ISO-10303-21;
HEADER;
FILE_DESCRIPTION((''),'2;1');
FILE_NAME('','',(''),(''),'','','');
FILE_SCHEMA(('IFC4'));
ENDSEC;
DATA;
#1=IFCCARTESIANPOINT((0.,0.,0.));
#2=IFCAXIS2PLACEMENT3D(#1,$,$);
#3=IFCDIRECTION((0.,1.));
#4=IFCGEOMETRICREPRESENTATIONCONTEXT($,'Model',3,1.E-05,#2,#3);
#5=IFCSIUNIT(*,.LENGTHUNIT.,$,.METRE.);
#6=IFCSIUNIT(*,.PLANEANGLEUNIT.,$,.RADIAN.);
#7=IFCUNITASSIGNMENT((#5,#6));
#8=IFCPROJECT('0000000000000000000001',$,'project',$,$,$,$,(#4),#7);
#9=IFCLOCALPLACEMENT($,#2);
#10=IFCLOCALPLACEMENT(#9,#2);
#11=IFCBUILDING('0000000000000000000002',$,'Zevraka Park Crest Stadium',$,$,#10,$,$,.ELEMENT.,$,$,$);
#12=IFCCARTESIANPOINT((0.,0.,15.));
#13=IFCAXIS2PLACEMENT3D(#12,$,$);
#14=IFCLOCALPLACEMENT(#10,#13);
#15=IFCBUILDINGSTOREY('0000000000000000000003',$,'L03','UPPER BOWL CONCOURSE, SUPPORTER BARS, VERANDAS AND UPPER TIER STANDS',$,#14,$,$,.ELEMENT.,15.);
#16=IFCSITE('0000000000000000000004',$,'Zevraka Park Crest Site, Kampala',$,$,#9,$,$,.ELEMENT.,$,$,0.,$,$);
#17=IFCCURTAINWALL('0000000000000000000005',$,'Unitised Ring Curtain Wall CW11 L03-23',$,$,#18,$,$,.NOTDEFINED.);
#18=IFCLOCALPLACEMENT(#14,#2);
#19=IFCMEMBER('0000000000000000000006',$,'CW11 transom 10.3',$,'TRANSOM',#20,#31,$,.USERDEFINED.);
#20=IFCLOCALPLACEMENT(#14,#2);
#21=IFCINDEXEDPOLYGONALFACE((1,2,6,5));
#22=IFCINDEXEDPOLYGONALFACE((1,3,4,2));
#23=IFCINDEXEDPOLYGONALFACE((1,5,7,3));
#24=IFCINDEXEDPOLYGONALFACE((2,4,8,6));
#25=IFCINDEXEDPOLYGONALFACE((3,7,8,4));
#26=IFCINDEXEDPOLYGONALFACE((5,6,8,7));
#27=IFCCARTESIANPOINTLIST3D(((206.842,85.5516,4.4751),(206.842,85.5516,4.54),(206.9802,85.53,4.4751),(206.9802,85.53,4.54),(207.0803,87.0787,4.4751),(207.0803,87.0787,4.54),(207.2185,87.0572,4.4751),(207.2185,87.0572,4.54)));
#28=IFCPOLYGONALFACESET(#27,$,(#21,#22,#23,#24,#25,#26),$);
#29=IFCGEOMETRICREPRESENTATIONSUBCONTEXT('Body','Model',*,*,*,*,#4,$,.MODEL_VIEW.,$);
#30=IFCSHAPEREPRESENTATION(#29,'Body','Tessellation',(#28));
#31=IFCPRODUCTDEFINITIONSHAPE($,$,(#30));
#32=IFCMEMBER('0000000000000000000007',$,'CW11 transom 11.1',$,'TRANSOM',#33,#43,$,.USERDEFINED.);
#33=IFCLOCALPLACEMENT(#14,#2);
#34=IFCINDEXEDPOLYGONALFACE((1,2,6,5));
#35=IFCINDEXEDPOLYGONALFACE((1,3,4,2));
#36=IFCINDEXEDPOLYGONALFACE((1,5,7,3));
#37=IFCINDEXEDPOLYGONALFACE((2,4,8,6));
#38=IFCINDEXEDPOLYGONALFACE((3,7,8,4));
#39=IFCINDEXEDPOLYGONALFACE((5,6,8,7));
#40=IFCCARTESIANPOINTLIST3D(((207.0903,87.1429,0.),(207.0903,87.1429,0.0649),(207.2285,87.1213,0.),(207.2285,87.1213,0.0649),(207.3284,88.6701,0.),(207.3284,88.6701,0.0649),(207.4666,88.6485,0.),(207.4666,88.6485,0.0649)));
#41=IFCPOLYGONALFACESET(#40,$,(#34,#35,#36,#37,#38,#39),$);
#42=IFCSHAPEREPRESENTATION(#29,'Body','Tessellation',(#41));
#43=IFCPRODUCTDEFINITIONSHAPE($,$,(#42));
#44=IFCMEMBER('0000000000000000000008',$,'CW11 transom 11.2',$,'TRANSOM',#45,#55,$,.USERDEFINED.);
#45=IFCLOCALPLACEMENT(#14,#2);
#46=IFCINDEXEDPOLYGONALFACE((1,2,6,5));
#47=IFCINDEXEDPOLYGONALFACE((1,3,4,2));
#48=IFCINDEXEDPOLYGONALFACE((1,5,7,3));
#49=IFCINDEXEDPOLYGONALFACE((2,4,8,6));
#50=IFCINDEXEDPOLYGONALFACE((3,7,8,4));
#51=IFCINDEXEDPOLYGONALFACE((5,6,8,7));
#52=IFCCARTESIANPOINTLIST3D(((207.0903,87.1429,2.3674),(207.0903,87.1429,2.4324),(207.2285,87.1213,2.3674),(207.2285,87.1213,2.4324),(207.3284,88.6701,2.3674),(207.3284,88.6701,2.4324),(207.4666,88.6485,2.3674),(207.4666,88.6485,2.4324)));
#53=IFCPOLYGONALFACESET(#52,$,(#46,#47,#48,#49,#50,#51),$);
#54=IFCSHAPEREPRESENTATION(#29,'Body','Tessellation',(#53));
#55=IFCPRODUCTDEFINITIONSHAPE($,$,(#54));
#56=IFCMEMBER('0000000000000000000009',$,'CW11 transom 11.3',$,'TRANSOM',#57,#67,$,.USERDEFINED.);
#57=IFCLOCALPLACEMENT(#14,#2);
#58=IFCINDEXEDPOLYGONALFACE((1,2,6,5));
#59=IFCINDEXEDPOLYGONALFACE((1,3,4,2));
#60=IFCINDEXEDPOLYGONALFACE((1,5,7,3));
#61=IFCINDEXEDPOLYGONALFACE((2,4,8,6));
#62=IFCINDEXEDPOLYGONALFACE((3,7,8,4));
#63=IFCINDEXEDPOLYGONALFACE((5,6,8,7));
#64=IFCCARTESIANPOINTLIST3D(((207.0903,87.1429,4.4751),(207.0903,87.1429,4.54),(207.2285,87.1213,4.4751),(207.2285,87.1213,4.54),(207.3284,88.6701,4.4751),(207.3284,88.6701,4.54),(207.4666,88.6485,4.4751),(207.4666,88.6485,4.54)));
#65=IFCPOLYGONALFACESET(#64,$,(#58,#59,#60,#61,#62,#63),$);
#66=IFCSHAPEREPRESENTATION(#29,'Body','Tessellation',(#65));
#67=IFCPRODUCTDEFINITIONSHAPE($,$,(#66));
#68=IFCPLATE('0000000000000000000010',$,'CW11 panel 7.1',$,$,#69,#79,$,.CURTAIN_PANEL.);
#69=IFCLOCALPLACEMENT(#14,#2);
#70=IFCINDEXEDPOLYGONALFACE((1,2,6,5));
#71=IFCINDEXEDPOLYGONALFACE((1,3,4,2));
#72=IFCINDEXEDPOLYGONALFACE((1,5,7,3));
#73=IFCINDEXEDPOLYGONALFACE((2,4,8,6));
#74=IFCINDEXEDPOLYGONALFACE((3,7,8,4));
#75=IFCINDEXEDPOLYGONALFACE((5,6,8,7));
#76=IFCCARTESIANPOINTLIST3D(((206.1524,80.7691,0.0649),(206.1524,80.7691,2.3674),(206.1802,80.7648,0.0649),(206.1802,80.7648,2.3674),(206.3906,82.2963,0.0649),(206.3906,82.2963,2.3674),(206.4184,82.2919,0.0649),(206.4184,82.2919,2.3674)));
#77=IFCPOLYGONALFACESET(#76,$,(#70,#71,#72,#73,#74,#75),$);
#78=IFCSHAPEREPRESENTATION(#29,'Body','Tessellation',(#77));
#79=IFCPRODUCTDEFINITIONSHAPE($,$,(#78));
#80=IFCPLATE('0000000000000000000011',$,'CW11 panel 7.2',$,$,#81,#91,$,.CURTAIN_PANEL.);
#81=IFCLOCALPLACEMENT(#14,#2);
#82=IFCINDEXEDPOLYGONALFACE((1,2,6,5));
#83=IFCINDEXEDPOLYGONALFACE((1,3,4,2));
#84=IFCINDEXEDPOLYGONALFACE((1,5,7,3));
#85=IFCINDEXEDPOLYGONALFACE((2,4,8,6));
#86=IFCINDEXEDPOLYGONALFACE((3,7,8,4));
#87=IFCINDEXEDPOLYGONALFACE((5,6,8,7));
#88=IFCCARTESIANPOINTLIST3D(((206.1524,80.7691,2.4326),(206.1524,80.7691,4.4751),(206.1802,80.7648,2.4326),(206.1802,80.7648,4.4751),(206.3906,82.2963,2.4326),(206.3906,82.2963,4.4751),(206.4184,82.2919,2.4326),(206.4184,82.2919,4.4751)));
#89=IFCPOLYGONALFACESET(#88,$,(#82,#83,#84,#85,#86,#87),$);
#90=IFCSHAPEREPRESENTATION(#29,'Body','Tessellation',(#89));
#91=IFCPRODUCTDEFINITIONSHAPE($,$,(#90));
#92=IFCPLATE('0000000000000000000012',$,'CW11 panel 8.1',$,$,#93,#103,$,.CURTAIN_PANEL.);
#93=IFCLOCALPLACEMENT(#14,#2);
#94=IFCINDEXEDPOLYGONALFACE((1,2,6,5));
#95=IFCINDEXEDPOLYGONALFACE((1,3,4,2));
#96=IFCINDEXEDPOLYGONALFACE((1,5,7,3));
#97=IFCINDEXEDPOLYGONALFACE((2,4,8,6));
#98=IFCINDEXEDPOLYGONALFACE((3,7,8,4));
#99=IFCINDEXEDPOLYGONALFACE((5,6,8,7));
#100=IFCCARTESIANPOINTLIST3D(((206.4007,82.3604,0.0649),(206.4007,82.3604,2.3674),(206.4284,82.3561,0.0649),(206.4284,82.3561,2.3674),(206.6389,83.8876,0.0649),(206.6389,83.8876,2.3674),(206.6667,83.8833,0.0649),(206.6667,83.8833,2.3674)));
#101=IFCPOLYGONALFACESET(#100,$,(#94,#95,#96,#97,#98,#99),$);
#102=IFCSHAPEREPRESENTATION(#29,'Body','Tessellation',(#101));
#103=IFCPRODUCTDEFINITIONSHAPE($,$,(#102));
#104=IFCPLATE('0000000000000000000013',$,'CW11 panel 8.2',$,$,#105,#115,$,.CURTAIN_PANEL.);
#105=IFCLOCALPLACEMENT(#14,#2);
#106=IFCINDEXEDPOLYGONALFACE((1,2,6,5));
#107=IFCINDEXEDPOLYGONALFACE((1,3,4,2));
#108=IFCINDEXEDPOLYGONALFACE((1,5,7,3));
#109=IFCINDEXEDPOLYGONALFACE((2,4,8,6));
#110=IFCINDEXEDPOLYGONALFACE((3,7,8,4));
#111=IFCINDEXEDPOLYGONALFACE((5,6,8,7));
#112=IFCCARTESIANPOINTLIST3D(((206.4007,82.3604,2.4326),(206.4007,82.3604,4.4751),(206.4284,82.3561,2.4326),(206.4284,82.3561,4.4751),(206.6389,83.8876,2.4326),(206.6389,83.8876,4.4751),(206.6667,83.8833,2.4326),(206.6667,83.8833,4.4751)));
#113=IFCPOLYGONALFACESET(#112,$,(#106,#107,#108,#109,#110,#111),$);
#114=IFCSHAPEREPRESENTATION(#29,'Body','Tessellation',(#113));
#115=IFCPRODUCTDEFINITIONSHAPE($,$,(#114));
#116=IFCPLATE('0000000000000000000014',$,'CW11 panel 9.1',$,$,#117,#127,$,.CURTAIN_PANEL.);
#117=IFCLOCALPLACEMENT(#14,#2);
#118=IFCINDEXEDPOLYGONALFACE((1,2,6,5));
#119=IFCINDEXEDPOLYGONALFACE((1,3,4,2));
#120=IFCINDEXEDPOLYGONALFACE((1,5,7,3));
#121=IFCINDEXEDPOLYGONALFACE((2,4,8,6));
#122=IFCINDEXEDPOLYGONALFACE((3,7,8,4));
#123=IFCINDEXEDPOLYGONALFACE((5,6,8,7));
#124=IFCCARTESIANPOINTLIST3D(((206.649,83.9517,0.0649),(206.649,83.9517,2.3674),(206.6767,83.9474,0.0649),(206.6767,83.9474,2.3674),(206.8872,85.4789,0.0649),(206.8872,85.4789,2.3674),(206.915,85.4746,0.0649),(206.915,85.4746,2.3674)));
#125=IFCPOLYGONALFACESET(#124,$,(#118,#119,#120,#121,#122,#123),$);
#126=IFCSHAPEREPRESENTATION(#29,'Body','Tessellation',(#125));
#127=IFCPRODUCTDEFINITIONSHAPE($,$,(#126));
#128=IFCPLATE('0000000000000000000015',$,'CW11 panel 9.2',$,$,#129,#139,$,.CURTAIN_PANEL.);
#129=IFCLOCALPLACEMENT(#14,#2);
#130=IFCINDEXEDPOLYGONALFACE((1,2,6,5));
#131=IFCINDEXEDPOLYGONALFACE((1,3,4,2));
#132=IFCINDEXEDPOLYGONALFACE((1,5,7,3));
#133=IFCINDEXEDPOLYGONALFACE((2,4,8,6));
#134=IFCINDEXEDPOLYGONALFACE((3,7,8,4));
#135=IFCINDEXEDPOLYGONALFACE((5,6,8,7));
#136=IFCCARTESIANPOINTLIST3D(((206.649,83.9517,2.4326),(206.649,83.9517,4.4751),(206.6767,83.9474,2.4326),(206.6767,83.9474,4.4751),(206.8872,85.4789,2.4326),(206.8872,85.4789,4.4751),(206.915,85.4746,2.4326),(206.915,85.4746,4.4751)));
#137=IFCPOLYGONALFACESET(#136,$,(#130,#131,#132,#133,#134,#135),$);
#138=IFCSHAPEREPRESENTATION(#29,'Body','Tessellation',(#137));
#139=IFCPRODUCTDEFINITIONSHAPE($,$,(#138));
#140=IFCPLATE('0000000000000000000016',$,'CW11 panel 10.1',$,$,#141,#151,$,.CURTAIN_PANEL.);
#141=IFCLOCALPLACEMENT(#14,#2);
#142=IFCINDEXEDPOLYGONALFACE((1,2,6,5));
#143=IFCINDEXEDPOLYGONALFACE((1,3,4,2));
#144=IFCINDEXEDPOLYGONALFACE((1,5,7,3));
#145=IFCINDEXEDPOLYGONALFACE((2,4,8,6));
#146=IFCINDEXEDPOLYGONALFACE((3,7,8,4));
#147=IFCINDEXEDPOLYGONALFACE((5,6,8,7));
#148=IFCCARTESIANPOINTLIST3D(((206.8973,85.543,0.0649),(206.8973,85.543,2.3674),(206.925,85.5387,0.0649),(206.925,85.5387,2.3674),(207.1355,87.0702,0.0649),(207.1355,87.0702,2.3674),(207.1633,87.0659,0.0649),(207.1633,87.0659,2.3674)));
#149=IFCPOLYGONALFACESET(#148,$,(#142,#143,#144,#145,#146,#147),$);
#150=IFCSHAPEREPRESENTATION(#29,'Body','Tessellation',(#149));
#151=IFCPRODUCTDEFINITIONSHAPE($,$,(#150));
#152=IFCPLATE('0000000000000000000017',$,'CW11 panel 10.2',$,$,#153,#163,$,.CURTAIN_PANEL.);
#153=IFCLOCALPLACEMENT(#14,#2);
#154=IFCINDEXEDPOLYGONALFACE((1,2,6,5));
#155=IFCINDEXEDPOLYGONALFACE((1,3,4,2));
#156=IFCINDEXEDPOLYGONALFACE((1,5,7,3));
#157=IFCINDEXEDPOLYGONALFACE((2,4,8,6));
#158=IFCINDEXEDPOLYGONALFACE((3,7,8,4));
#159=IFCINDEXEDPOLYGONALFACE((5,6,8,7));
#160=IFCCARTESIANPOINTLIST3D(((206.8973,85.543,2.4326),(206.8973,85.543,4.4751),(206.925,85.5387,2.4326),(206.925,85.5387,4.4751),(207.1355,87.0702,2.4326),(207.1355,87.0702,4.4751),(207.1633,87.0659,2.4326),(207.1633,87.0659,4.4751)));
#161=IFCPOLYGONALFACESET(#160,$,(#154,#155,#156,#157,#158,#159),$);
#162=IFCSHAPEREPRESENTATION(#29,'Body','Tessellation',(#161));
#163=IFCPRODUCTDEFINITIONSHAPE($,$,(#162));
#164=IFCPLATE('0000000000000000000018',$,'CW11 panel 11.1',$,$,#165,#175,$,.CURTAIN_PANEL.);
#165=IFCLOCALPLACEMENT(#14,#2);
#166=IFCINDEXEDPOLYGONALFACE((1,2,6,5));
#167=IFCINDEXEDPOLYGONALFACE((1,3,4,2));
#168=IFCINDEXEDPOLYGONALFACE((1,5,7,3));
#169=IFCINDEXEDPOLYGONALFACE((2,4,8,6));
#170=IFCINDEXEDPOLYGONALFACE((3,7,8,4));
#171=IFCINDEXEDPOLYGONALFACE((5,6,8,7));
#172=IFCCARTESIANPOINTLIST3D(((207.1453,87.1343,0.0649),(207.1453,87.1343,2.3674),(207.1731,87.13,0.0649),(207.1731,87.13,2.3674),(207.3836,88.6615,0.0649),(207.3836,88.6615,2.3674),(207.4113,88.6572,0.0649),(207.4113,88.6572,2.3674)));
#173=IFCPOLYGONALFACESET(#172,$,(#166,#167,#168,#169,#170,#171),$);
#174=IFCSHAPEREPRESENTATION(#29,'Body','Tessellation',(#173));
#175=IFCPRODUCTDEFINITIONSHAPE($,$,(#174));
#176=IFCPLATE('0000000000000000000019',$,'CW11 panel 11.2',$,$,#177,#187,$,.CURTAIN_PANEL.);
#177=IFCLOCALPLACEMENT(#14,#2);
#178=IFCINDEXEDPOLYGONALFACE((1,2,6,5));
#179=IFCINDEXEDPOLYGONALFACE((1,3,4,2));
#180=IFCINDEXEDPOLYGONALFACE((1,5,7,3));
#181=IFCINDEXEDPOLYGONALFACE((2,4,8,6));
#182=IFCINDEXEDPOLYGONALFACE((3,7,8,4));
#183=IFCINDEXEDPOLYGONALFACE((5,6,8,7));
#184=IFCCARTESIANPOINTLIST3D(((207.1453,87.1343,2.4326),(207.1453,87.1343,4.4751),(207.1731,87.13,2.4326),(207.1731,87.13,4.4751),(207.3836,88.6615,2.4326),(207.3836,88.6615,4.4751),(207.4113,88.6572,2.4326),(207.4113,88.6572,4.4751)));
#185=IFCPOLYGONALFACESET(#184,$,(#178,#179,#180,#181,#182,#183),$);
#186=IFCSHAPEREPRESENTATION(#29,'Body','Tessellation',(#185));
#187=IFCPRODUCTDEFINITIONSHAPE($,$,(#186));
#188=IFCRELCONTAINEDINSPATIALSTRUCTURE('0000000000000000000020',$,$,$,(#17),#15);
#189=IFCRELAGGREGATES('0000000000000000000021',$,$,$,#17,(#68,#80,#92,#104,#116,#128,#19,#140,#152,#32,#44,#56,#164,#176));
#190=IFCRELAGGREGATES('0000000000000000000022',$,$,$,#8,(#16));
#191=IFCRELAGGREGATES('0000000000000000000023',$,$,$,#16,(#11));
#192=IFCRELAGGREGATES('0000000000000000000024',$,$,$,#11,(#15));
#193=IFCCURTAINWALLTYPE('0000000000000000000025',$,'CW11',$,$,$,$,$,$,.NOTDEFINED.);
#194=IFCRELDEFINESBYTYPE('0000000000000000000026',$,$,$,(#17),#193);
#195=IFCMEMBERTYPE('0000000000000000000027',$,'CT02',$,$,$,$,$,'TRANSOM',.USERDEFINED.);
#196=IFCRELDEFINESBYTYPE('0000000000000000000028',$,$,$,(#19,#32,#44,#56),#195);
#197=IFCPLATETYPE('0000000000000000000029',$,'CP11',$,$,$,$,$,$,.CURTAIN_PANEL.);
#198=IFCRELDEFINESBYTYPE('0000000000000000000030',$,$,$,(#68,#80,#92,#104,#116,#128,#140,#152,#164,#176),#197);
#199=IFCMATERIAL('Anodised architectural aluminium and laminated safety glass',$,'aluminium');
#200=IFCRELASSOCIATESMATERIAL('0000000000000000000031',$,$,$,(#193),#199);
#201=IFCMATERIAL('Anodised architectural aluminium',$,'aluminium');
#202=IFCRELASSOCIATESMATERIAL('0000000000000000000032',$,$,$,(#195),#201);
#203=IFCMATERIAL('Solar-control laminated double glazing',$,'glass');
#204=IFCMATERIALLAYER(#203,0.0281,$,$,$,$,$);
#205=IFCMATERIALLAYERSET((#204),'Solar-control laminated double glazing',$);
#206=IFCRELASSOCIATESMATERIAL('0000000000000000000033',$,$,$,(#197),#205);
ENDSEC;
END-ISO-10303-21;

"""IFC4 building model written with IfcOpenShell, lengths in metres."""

from ifc_helpers import new_model, si_unit, direction, frame, origin, origin_2d, place, context, subcontext, project, spatial, rectangle, extrude, material, layer, layer_set, material_profile, profile_set, type_object, element, aggregate, save


model = new_model("IFC4")

# Units and contexts
model_context = context("Model", 3, precision=1e-05, world=origin(), true_north=direction((0.0, 1.0)))
body_context = subcontext(model_context, "Body", "Model", "MODEL_VIEW")
ifc_project = project(units=[si_unit("LENGTHUNIT", "METRE"), si_unit("PLANEANGLEUNIT", "RADIAN")], contexts=[model_context])

# Site, building, storey
site_placement = place(None, origin())
site = spatial("IfcSite", under=ifc_project, at=site_placement, Name="Zevraka Park Crest Site, Kampala", CompositionType="ELEMENT", RefElevation=0.0)
building_placement = place(site_placement, origin())
building = spatial("IfcBuilding", under=site, at=building_placement, Name="Zevraka Park Crest Stadium", CompositionType="ELEMENT")
storey_placement = place(building_placement, frame((0.0, 0.0, 15.0)))
storey = spatial("IfcBuildingStorey", under=building, at=storey_placement, Name="L03", Description="UPPER BOWL CONCOURSE, SUPPORTER BARS, VERANDAS AND UPPER TIER STANDS", CompositionType="ELEMENT", Elevation=15.0)

# Curtain wall, members, plates
ifc_material_1 = material(Name="Anodised architectural aluminium and laminated safety glass", Category="aluminium")
curtain_wall_type = type_object("IfcCurtainWallType", Name="CW11", PredefinedType="NOTDEFINED", material=ifc_material_1)
curtain_wall_placement = place(storey_placement, origin())
curtain_wall = element("IfcCurtainWall", 1, at=curtain_wall_placement, inside=storey, type_object=curtain_wall_type, Name="Unitised Ring Curtain Wall CW11 L03-23", PredefinedType="NOTDEFINED")
ifc_material_2 = material(Name="Anodised architectural aluminium", Category="aluminium")
ifc_material_profile_1 = material_profile(ifc_material_2, rectangle(XDim=0.1399, YDim=0.0649, at=origin_2d()), Name="ALU TRANSOM 140x65")
ifc_profile_set_1 = profile_set([ifc_material_profile_1], Name="Anodised architectural aluminium")
member_type_1 = type_object("IfcMemberType", Name="CT02", ElementType="TRANSOM", PredefinedType="USERDEFINED", material=ifc_profile_set_1)
member_1_placement = place(storey_placement, frame((206.9111, 85.5408, 4.5076), z_axis=(0.15417, 0.988044, 0.0), x_axis=(-0.988044, 0.15417, 0.0)))
member_1 = element("IfcMember", 2, at=member_1_placement, type_object=member_type_1, Name="CW11 transom 10.3", ObjectType="TRANSOM", PredefinedType="USERDEFINED", context=body_context, shape_type="SweptSolid", body=[
    extrude(rectangle(XDim=0.1399, YDim=0.0649, at=origin_2d()), origin(), (0.0, 0.0, 1.0), 1.5457),
])
member_2_placement = place(storey_placement, frame((207.1594, 87.1321, 0.0325), z_axis=(0.154015, 0.988068, 0.0), x_axis=(-0.988068, 0.154015, 0.0)))
member_2 = element("IfcMember", 3, at=member_2_placement, type_object=member_type_1, Name="CW11 transom 11.1", ObjectType="TRANSOM", PredefinedType="USERDEFINED", context=body_context, shape_type="SweptSolid", body=[
    extrude(rectangle(XDim=0.1399, YDim=0.0649, at=origin_2d()), origin(), (0.0, 0.0, 1.0), 1.5457),
])
member_3_placement = place(storey_placement, frame((207.1594, 87.1321, 2.3999), z_axis=(0.154015, 0.988068, 0.0), x_axis=(-0.988068, 0.154015, 0.0)))
member_3 = element("IfcMember", 4, at=member_3_placement, type_object=member_type_1, Name="CW11 transom 11.2", ObjectType="TRANSOM", PredefinedType="USERDEFINED", context=body_context, shape_type="SweptSolid", body=[
    extrude(rectangle(XDim=0.1399, YDim=0.0649, at=origin_2d()), origin(), (0.0, 0.0, 1.0), 1.5457),
])
member_4_placement = place(storey_placement, frame((207.1594, 87.1321, 4.5076), z_axis=(0.154015, 0.988068, 0.0), x_axis=(-0.988068, 0.154015, 0.0)))
member_4 = element("IfcMember", 5, at=member_4_placement, type_object=member_type_1, Name="CW11 transom 11.3", ObjectType="TRANSOM", PredefinedType="USERDEFINED", context=body_context, shape_type="SweptSolid", body=[
    extrude(rectangle(XDim=0.1399, YDim=0.0649, at=origin_2d()), origin(), (0.0, 0.0, 1.0), 1.5457),
])
ifc_material_3 = material(Name="Solar-control laminated double glazing", Category="glass")
ifc_layer_1 = layer(ifc_material_3, 0.0281)
ifc_layer_set_1 = layer_set([ifc_layer_1], Name="Solar-control laminated double glazing")
plate_type = type_object("IfcPlateType", Name="CP11", PredefinedType="CURTAIN_PANEL", material=ifc_layer_set_1)
plate_1_placement = place(storey_placement, frame((206.2854, 81.5305, 0.0649), z_axis=(0.0, 0.0, 1.0), x_axis=(0.154128, 0.988051, 0.0)))
plate_1 = element("IfcPlate", 6, at=plate_1_placement, type_object=plate_type, Name="CW11 panel 7.1", PredefinedType="CURTAIN_PANEL", context=body_context, shape_type="SweptSolid", body=[
    extrude(rectangle(XDim=1.5457, YDim=0.0281, at=origin_2d()), origin(), (0.0, 0.0, 1.0), 2.3025),
])
plate_2_placement = place(storey_placement, frame((206.2854, 81.5305, 2.4326), z_axis=(0.0, 0.0, 1.0), x_axis=(0.154128, 0.988051, 0.0)))
plate_2 = element("IfcPlate", 7, at=plate_2_placement, type_object=plate_type, Name="CW11 panel 7.2", PredefinedType="CURTAIN_PANEL", context=body_context, shape_type="SweptSolid", body=[
    extrude(rectangle(XDim=1.5457, YDim=0.0281, at=origin_2d()), origin(), (0.0, 0.0, 1.0), 2.0425),
])
plate_3_placement = place(storey_placement, frame((206.5337, 83.1218, 0.0649), z_axis=(0.0, 0.0, 1.0), x_axis=(0.154128, 0.988051, 0.0)))
plate_3 = element("IfcPlate", 8, at=plate_3_placement, type_object=plate_type, Name="CW11 panel 8.1", PredefinedType="CURTAIN_PANEL", context=body_context, shape_type="SweptSolid", body=[
    extrude(rectangle(XDim=1.5457, YDim=0.0281, at=origin_2d()), origin(), (0.0, 0.0, 1.0), 2.3025),
])
plate_4_placement = place(storey_placement, frame((206.5337, 83.1218, 2.4326), z_axis=(0.0, 0.0, 1.0), x_axis=(0.154128, 0.988051, 0.0)))
plate_4 = element("IfcPlate", 9, at=plate_4_placement, type_object=plate_type, Name="CW11 panel 8.2", PredefinedType="CURTAIN_PANEL", context=body_context, shape_type="SweptSolid", body=[
    extrude(rectangle(XDim=1.5457, YDim=0.0281, at=origin_2d()), origin(), (0.0, 0.0, 1.0), 2.0425),
])
plate_5_placement = place(storey_placement, frame((206.782, 84.7131, 0.0649), z_axis=(0.0, 0.0, 1.0), x_axis=(0.154128, 0.988051, 0.0)))
plate_5 = element("IfcPlate", 10, at=plate_5_placement, type_object=plate_type, Name="CW11 panel 9.1", PredefinedType="CURTAIN_PANEL", context=body_context, shape_type="SweptSolid", body=[
    extrude(rectangle(XDim=1.5457, YDim=0.0281, at=origin_2d()), origin(), (0.0, 0.0, 1.0), 2.3025),
])
plate_6_placement = place(storey_placement, frame((206.782, 84.7131, 2.4326), z_axis=(0.0, 0.0, 1.0), x_axis=(0.154128, 0.988051, 0.0)))
plate_6 = element("IfcPlate", 11, at=plate_6_placement, type_object=plate_type, Name="CW11 panel 9.2", PredefinedType="CURTAIN_PANEL", context=body_context, shape_type="SweptSolid", body=[
    extrude(rectangle(XDim=1.5457, YDim=0.0281, at=origin_2d()), origin(), (0.0, 0.0, 1.0), 2.0425),
])
plate_7_placement = place(storey_placement, frame((207.0303, 86.3044, 0.0649), z_axis=(0.0, 0.0, 1.0), x_axis=(0.154128, 0.988051, 0.0)))
plate_7 = element("IfcPlate", 12, at=plate_7_placement, type_object=plate_type, Name="CW11 panel 10.1", PredefinedType="CURTAIN_PANEL", context=body_context, shape_type="SweptSolid", body=[
    extrude(rectangle(XDim=1.5457, YDim=0.0281, at=origin_2d()), origin(), (0.0, 0.0, 1.0), 2.3025),
])
plate_8_placement = place(storey_placement, frame((207.0303, 86.3044, 2.4326), z_axis=(0.0, 0.0, 1.0), x_axis=(0.154128, 0.988051, 0.0)))
plate_8 = element("IfcPlate", 13, at=plate_8_placement, type_object=plate_type, Name="CW11 panel 10.2", PredefinedType="CURTAIN_PANEL", context=body_context, shape_type="SweptSolid", body=[
    extrude(rectangle(XDim=1.5457, YDim=0.0281, at=origin_2d()), origin(), (0.0, 0.0, 1.0), 2.0425),
])
plate_9_placement = place(storey_placement, frame((207.2783, 87.8958, 0.0649), z_axis=(0.0, 0.0, 1.0), x_axis=(0.154128, 0.988051, 0.0)))
plate_9 = element("IfcPlate", 14, at=plate_9_placement, type_object=plate_type, Name="CW11 panel 11.1", PredefinedType="CURTAIN_PANEL", context=body_context, shape_type="SweptSolid", body=[
    extrude(rectangle(XDim=1.5457, YDim=0.0281, at=origin_2d()), origin(), (0.0, 0.0, 1.0), 2.3025),
])
plate_10_placement = place(storey_placement, frame((207.2783, 87.8958, 2.4326), z_axis=(0.0, 0.0, 1.0), x_axis=(0.154128, 0.988051, 0.0)))
plate_10 = element("IfcPlate", 15, at=plate_10_placement, type_object=plate_type, Name="CW11 panel 11.2", PredefinedType="CURTAIN_PANEL", context=body_context, shape_type="SweptSolid", body=[
    extrude(rectangle(XDim=1.5457, YDim=0.0281, at=origin_2d()), origin(), (0.0, 0.0, 1.0), 2.0425),
])
aggregate(curtain_wall, [plate_1, plate_2, plate_3, plate_4, plate_5, plate_6, member_1, plate_7, plate_8, member_2, member_3, member_4, plate_9, plate_10])

save(model, "model.ifc")
